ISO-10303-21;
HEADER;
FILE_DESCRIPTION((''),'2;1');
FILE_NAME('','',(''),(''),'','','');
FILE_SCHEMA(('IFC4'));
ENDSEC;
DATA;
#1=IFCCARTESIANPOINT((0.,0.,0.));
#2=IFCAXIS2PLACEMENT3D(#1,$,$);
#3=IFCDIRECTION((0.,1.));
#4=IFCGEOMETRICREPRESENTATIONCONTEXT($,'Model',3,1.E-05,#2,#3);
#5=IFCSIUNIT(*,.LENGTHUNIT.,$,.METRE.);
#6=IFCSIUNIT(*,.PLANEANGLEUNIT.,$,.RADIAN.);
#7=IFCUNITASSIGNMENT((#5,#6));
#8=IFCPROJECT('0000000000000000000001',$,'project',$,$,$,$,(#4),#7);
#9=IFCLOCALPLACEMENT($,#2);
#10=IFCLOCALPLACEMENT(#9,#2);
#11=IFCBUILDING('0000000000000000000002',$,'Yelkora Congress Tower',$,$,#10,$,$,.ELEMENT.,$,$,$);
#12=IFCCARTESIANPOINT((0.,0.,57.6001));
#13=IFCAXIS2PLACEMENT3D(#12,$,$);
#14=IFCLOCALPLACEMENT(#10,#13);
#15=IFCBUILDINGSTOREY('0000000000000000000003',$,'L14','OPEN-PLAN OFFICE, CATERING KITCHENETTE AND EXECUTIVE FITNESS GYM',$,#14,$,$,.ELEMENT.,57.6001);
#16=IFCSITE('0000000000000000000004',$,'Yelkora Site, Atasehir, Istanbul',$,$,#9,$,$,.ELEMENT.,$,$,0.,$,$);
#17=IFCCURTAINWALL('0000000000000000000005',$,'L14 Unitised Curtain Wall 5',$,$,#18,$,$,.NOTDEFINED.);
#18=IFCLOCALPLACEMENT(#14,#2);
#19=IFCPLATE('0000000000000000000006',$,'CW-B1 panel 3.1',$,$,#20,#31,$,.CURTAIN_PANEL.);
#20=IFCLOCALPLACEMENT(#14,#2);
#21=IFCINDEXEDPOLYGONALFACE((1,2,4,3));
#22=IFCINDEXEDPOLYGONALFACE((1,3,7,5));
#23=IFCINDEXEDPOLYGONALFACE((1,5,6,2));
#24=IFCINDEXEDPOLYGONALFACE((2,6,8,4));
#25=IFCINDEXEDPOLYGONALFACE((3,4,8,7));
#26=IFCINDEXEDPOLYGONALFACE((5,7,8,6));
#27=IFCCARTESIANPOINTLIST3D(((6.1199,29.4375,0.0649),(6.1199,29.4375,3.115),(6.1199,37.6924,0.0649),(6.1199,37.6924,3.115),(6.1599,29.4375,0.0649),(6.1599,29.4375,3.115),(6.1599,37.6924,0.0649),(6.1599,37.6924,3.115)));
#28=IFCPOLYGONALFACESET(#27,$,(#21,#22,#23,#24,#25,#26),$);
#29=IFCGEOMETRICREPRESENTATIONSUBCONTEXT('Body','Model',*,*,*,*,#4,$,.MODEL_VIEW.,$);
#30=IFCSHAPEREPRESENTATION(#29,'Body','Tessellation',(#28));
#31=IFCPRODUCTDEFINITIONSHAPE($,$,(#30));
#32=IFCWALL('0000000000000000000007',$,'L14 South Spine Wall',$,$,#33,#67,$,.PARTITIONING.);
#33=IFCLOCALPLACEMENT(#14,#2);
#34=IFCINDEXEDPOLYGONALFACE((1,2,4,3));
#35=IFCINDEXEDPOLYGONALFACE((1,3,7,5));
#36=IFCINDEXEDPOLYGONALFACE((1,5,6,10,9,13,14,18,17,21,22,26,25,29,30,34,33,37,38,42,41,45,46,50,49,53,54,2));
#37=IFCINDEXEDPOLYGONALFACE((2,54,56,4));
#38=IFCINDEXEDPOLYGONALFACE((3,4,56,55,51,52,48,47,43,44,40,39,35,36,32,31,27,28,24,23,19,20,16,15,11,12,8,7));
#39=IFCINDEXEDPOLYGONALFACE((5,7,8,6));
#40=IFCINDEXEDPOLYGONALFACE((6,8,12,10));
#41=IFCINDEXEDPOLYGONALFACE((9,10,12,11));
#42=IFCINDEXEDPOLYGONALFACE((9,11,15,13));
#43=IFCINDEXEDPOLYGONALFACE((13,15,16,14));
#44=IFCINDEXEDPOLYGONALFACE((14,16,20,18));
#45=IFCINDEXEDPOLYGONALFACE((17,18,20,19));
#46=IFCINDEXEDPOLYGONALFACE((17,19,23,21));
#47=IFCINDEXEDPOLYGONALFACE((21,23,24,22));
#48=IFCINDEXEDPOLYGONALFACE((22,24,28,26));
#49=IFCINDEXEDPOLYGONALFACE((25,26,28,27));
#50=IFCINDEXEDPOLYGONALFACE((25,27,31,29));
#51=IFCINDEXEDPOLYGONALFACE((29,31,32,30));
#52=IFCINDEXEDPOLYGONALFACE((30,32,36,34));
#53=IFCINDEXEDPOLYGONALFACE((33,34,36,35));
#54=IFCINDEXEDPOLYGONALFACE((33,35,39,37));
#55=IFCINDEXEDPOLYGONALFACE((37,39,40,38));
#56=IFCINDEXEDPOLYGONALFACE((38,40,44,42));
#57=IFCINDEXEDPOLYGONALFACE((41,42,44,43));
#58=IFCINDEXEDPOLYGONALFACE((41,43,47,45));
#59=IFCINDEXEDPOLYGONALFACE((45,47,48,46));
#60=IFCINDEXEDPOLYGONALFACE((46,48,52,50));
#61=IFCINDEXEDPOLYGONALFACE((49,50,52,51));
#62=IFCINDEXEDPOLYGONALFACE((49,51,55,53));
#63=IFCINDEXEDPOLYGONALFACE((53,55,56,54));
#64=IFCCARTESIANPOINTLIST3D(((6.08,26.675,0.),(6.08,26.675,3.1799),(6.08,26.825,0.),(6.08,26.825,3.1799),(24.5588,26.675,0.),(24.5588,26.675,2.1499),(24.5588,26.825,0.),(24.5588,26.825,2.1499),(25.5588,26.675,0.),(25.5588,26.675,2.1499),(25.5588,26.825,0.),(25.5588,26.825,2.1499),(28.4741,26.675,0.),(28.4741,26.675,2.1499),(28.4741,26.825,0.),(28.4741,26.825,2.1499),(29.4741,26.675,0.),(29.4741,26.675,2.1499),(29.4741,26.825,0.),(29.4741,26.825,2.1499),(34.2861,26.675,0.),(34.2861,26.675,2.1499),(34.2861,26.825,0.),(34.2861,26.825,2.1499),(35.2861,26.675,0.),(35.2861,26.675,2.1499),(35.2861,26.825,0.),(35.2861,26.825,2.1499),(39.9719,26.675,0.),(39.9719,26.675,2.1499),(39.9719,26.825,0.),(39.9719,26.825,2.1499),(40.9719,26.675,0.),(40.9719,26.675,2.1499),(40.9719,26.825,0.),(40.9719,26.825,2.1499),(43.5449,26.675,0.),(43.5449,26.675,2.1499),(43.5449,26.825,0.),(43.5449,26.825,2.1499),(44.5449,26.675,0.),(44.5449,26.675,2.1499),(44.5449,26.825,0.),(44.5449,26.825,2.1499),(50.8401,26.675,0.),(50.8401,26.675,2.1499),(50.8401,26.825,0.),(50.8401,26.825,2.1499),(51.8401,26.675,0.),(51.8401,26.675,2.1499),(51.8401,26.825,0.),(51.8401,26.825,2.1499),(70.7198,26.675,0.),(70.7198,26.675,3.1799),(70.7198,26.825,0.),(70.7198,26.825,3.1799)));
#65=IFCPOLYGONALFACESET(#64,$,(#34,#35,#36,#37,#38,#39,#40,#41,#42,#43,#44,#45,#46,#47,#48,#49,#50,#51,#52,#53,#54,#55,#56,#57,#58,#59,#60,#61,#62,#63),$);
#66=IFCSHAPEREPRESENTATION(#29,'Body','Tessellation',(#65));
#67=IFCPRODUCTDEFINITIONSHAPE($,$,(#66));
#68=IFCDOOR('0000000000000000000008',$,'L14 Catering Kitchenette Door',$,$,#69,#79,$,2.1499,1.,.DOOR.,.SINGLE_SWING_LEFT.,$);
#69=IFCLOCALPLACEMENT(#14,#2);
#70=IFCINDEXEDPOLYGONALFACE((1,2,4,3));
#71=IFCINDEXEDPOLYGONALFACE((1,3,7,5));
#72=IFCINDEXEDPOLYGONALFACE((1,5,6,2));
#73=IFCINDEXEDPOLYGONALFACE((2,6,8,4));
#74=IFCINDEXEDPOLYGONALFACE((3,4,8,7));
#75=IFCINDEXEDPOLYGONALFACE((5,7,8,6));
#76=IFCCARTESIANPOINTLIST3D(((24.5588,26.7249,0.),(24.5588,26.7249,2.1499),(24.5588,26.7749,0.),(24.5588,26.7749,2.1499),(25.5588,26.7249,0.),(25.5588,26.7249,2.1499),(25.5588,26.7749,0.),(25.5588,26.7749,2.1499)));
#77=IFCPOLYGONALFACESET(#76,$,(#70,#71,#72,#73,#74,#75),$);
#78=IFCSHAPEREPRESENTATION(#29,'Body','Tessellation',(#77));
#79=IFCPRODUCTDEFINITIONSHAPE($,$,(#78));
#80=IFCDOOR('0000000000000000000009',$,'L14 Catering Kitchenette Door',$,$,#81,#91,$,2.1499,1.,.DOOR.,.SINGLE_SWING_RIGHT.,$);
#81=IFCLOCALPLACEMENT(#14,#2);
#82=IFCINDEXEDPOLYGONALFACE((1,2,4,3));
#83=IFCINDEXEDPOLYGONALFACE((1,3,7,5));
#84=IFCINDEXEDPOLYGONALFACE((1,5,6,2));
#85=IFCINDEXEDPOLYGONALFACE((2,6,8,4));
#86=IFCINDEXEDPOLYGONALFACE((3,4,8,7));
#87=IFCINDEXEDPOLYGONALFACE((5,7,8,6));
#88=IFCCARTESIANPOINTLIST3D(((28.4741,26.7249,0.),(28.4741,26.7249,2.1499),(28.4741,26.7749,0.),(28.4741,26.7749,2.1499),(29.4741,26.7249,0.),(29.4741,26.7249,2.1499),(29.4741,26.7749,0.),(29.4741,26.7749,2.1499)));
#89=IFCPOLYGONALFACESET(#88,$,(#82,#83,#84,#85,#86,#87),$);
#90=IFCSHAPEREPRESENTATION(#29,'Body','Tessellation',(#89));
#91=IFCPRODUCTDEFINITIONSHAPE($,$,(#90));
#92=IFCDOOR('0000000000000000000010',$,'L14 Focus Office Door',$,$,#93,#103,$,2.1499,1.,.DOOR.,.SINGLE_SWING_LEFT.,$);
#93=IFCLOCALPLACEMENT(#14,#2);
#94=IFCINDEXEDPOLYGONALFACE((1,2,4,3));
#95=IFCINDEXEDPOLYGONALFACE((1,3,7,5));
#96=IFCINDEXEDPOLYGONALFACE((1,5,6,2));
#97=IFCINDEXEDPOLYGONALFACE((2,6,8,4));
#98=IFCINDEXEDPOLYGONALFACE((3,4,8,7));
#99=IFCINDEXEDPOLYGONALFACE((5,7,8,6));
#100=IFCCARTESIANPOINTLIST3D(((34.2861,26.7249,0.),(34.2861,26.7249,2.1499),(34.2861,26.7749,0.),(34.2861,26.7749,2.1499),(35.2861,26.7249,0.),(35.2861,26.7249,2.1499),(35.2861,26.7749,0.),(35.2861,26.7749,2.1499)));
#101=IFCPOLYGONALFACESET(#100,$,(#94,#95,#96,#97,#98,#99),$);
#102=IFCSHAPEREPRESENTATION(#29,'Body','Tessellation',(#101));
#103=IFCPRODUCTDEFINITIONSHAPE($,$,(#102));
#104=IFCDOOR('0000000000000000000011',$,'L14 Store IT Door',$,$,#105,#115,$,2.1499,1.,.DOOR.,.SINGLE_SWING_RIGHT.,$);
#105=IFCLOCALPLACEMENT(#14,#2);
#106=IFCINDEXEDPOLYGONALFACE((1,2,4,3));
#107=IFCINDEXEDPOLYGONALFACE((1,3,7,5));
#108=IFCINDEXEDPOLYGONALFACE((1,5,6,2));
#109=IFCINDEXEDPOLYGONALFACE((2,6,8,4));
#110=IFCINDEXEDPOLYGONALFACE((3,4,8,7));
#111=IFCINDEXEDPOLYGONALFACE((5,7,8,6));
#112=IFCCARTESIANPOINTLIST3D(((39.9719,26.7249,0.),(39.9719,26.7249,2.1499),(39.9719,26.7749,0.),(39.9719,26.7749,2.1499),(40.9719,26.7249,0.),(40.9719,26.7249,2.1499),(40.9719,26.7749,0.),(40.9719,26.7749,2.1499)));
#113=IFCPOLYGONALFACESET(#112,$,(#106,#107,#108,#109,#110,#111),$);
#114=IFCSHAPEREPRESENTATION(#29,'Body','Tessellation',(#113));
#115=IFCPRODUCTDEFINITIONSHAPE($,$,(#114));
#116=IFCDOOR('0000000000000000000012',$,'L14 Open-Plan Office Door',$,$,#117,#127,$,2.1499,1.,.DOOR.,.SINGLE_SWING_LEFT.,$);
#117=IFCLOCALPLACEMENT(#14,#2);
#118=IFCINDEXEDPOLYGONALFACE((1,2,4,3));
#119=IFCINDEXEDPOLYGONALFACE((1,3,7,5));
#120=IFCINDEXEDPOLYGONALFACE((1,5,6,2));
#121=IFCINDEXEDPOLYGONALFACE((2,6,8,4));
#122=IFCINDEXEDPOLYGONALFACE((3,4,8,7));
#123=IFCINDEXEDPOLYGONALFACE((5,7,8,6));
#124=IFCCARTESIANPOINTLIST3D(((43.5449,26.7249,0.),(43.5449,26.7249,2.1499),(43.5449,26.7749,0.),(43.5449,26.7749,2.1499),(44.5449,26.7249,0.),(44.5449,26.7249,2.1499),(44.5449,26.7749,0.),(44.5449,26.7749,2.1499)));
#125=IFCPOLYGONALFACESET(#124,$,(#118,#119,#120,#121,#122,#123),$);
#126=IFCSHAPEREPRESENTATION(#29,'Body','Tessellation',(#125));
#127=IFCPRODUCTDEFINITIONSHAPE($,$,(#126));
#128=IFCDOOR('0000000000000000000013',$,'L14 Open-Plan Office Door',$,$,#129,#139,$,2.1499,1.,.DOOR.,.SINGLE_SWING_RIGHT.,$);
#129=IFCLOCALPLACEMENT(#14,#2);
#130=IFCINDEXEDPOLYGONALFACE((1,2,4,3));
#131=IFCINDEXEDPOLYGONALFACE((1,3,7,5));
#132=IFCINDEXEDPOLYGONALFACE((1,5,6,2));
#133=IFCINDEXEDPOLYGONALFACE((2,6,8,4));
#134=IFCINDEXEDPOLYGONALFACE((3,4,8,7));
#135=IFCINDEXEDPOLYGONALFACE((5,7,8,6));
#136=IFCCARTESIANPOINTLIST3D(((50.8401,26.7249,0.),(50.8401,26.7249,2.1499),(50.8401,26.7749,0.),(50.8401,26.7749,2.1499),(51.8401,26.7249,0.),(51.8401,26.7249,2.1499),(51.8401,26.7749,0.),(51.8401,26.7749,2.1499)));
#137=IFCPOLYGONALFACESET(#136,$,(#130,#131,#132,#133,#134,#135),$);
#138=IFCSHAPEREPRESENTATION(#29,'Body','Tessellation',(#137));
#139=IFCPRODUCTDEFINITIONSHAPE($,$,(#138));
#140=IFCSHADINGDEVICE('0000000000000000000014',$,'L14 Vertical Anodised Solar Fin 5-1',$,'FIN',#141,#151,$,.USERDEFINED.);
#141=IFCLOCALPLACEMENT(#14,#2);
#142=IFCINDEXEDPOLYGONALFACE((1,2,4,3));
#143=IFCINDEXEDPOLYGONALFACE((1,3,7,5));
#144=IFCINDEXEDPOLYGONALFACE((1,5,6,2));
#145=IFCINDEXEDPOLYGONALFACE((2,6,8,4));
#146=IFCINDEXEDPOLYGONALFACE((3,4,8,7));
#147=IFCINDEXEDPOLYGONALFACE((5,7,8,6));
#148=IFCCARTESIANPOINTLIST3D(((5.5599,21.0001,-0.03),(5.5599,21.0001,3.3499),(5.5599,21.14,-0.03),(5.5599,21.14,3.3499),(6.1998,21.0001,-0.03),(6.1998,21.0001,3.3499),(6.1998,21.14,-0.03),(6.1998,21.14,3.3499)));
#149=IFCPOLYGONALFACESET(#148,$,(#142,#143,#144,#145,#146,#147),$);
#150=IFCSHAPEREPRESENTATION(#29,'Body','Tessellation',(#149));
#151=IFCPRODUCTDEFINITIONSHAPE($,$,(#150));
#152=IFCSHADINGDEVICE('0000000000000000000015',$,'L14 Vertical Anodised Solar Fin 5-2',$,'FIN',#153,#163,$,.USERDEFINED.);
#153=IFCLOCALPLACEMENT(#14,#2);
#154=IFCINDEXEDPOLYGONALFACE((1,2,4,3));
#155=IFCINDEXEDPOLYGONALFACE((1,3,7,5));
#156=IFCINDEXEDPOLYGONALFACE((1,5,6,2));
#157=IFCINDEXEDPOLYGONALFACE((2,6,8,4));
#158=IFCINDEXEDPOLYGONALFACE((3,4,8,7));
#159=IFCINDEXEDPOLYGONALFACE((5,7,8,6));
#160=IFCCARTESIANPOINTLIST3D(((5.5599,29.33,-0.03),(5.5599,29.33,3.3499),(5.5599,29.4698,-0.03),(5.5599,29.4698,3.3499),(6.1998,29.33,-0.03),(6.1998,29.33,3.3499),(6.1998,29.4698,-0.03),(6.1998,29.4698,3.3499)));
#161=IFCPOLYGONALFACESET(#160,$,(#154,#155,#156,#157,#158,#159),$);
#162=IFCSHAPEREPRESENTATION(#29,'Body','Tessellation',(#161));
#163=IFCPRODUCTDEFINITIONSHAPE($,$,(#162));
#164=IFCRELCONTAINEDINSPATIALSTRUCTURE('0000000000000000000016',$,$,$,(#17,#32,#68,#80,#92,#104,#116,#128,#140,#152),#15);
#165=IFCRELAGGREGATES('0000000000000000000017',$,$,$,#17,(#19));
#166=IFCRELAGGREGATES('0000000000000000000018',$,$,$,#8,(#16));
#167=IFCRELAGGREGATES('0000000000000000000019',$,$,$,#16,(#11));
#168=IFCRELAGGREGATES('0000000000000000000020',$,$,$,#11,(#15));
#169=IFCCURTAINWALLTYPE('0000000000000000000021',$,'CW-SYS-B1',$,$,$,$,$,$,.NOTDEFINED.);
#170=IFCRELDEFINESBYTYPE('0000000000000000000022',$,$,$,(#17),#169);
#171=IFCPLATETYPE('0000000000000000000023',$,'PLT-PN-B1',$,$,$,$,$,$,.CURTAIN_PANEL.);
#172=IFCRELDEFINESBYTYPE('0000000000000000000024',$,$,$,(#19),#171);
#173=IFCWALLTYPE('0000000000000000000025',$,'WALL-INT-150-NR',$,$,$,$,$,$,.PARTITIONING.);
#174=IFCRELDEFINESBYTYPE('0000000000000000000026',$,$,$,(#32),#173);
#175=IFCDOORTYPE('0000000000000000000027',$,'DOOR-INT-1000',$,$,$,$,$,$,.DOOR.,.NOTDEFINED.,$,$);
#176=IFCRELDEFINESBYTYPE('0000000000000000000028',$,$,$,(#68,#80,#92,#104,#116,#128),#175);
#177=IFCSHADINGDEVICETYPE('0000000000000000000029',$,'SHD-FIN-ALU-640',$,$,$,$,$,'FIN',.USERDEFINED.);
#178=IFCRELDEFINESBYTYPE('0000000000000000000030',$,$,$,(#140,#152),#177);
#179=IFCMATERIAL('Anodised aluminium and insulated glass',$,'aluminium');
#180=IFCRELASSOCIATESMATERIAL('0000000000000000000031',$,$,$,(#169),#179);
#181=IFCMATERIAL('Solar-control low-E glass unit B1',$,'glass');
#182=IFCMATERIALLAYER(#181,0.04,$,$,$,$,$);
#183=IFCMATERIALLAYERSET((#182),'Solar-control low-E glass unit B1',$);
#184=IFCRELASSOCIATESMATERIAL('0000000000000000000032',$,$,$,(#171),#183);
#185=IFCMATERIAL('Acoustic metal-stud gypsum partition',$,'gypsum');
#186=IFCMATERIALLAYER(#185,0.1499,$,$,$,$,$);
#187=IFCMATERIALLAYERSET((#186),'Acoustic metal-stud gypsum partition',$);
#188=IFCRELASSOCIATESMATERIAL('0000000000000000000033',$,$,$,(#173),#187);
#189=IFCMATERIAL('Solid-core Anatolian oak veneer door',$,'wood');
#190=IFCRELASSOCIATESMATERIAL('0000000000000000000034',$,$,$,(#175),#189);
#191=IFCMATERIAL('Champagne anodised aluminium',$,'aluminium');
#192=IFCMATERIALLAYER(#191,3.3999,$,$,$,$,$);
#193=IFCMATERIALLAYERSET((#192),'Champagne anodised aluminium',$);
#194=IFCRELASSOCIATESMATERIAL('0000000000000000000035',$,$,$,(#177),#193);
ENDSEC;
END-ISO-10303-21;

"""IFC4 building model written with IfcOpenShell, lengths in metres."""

from ifc_helpers import new_model, si_unit, direction, frame, frame_2d, origin, origin_2d, place, context, subcontext, project, spatial, rectangle, extrude, material, layer, layer_set, type_object, element, fill, aggregate, save


model = new_model("IFC4")

# Units and contexts
model_context = context("Model", 3, precision=1e-05, world=origin(), true_north=direction((0.0, 1.0)))
body_context = subcontext(model_context, "Body", "Model", "MODEL_VIEW")
ifc_project = project(units=[si_unit("LENGTHUNIT", "METRE"), si_unit("PLANEANGLEUNIT", "RADIAN")], contexts=[model_context])

# Site, building, storey
site_placement = place(None, origin())
site = spatial("IfcSite", under=ifc_project, at=site_placement, Name="Yelkora Site, Atasehir, Istanbul", CompositionType="ELEMENT", RefElevation=0.0)
building_placement = place(site_placement, origin())
building = spatial("IfcBuilding", under=site, at=building_placement, Name="Yelkora Congress Tower", CompositionType="ELEMENT")
storey_placement = place(building_placement, frame((0.0, 0.0, 57.6001)))
storey = spatial("IfcBuildingStorey", under=building, at=storey_placement, Name="L14", Description="OPEN-PLAN OFFICE, CATERING KITCHENETTE AND EXECUTIVE FITNESS GYM", CompositionType="ELEMENT", Elevation=57.6001)

# Curtain wall, plate
ifc_material_1 = material(Name="Anodised aluminium and insulated glass", Category="aluminium")
curtain_wall_type = type_object("IfcCurtainWallType", Name="CW-SYS-B1", PredefinedType="NOTDEFINED", material=ifc_material_1)
curtain_wall_placement = place(storey_placement, origin())
curtain_wall = element("IfcCurtainWall", 1, at=curtain_wall_placement, inside=storey, type_object=curtain_wall_type, Name="L14 Unitised Curtain Wall 5", PredefinedType="NOTDEFINED")
ifc_material_2 = material(Name="Solar-control low-E glass unit B1", Category="glass")
ifc_layer_1 = layer(ifc_material_2, 0.04)
ifc_layer_set_1 = layer_set([ifc_layer_1], Name="Solar-control low-E glass unit B1")
plate_type = type_object("IfcPlateType", Name="PLT-PN-B1", PredefinedType="CURTAIN_PANEL", material=ifc_layer_set_1)
plate_1_placement = place(storey_placement, frame((6.1399, 33.5649, 0.0649), z_axis=(0.0, 0.0, 1.0), x_axis=(0.0, 1.0, 0.0)))
plate_1 = element("IfcPlate", 2, at=plate_1_placement, type_object=plate_type, Name="CW-B1 panel 3.1", PredefinedType="CURTAIN_PANEL", context=body_context, shape_type="SweptSolid", body=[
    extrude(rectangle(XDim=8.2549, YDim=0.04, at=origin_2d()), origin(), (0.0, 0.0, 1.0), 3.05),
])
aggregate(curtain_wall, [plate_1])

# Wall, openings, doors
ifc_material_3 = material(Name="Acoustic metal-stud gypsum partition", Category="gypsum")
ifc_layer_2 = layer(ifc_material_3, 0.1499)
ifc_layer_set_2 = layer_set([ifc_layer_2], Name="Acoustic metal-stud gypsum partition")
wall_type = type_object("IfcWallType", Name="WALL-INT-150-NR", PredefinedType="PARTITIONING", material=ifc_layer_set_2)
wall_placement = place(storey_placement, frame((6.0801, 26.75, 0.0), z_axis=(0.0, 0.0, 1.0), x_axis=(1.0, 0.0, 0.0)))
wall = element("IfcWall", 3, at=wall_placement, inside=storey, type_object=wall_type, Name="L14 South Spine Wall", PredefinedType="PARTITIONING", context=body_context, shape_type="SweptSolid", body=[
    extrude(rectangle(XDim=64.6399, YDim=0.1499, at=frame_2d((32.3198, 0.0))), origin(), (0.0, 0.0, 1.0), 3.1799),
])
opening_1_placement = place(wall_placement, frame((18.4788, 0.0, 0.0)))
opening_1 = element("IfcOpeningElement", 4, at=opening_1_placement, cuts=wall, PredefinedType="OPENING", context=body_context, shape_type="SweptSolid", body=[
    extrude(rectangle(XDim=1.0, YDim=2.1499, at=frame_2d((0.5, 1.075))), frame((0.0, 0.085, 0.0), z_axis=(0.0, -1.0, 0.0), x_axis=(1.0, 0.0, 0.0)), (0.0, 0.0, 1.0), 0.1699),
])
opening_2_placement = place(wall_placement, frame((22.394, 0.0, 0.0)))
opening_2 = element("IfcOpeningElement", 5, at=opening_2_placement, cuts=wall, PredefinedType="OPENING", context=body_context, shape_type="SweptSolid", body=[
    extrude(rectangle(XDim=1.0, YDim=2.1499, at=frame_2d((0.5, 1.075))), frame((0.0, 0.085, 0.0), z_axis=(0.0, -1.0, 0.0), x_axis=(1.0, 0.0, 0.0)), (0.0, 0.0, 1.0), 0.1699),
])
opening_3_placement = place(wall_placement, frame((28.2061, 0.0, 0.0)))
opening_3 = element("IfcOpeningElement", 6, at=opening_3_placement, cuts=wall, PredefinedType="OPENING", context=body_context, shape_type="SweptSolid", body=[
    extrude(rectangle(XDim=1.0, YDim=2.1499, at=frame_2d((0.5, 1.075))), frame((0.0, 0.085, 0.0), z_axis=(0.0, -1.0, 0.0), x_axis=(1.0, 0.0, 0.0)), (0.0, 0.0, 1.0), 0.1699),
])
opening_4_placement = place(wall_placement, frame((33.8918, 0.0, 0.0)))
opening_4 = element("IfcOpeningElement", 7, at=opening_4_placement, cuts=wall, PredefinedType="OPENING", context=body_context, shape_type="SweptSolid", body=[
    extrude(rectangle(XDim=1.0, YDim=2.1499, at=frame_2d((0.5, 1.075))), frame((0.0, 0.085, 0.0), z_axis=(0.0, -1.0, 0.0), x_axis=(1.0, 0.0, 0.0)), (0.0, 0.0, 1.0), 0.1699),
])
opening_5_placement = place(wall_placement, frame((37.4648, 0.0, 0.0)))
opening_5 = element("IfcOpeningElement", 8, at=opening_5_placement, cuts=wall, PredefinedType="OPENING", context=body_context, shape_type="SweptSolid", body=[
    extrude(rectangle(XDim=1.0, YDim=2.1499, at=frame_2d((0.5, 1.075))), frame((0.0, 0.085, 0.0), z_axis=(0.0, -1.0, 0.0), x_axis=(1.0, 0.0, 0.0)), (0.0, 0.0, 1.0), 0.1699),
])
opening_6_placement = place(wall_placement, frame((44.76, 0.0, 0.0)))
opening_6 = element("IfcOpeningElement", 9, at=opening_6_placement, cuts=wall, PredefinedType="OPENING", context=body_context, shape_type="SweptSolid", body=[
    extrude(rectangle(XDim=1.0, YDim=2.1499, at=frame_2d((0.5, 1.075))), frame((0.0, 0.085, 0.0), z_axis=(0.0, -1.0, 0.0), x_axis=(1.0, 0.0, 0.0)), (0.0, 0.0, 1.0), 0.1699),
])
ifc_material_4 = material(Name="Solid-core Anatolian oak veneer door", Category="wood")
door_type = type_object("IfcDoorType", Name="DOOR-INT-1000", OperationType="NOTDEFINED", PredefinedType="DOOR", material=ifc_material_4)
door_1_placement = place(opening_1_placement, origin())
door_1 = element("IfcDoor", 10, at=door_1_placement, inside=storey, type_object=door_type, Name="L14 Catering Kitchenette Door", OperationType="SINGLE_SWING_LEFT", OverallHeight=2.1499, OverallWidth=1.0, PredefinedType="DOOR", context=body_context, shape_type="SweptSolid", body=[
    extrude(rectangle(XDim=1.0, YDim=2.1499, at=frame_2d((0.5, 1.075))), frame((0.0, 0.0249, 0.0), z_axis=(0.0, -1.0, 0.0), x_axis=(1.0, 0.0, 0.0)), (0.0, 0.0, 1.0), 0.05),
])
fill(opening_1, door_1)
door_2_placement = place(opening_2_placement, origin())
door_2 = element("IfcDoor", 11, at=door_2_placement, inside=storey, type_object=door_type, Name="L14 Catering Kitchenette Door", OperationType="SINGLE_SWING_RIGHT", OverallHeight=2.1499, OverallWidth=1.0, PredefinedType="DOOR", context=body_context, shape_type="SweptSolid", body=[
    extrude(rectangle(XDim=1.0, YDim=2.1499, at=frame_2d((0.5, 1.075))), frame((0.0, 0.0249, 0.0), z_axis=(0.0, -1.0, 0.0), x_axis=(1.0, 0.0, 0.0)), (0.0, 0.0, 1.0), 0.05),
])
fill(opening_2, door_2)
door_3_placement = place(opening_3_placement, origin())
door_3 = element("IfcDoor", 12, at=door_3_placement, inside=storey, type_object=door_type, Name="L14 Focus Office Door", OperationType="SINGLE_SWING_LEFT", OverallHeight=2.1499, OverallWidth=1.0, PredefinedType="DOOR", context=body_context, shape_type="SweptSolid", body=[
    extrude(rectangle(XDim=1.0, YDim=2.1499, at=frame_2d((0.5, 1.075))), frame((0.0, 0.0249, 0.0), z_axis=(0.0, -1.0, 0.0), x_axis=(1.0, 0.0, 0.0)), (0.0, 0.0, 1.0), 0.05),
])
fill(opening_3, door_3)
door_4_placement = place(opening_4_placement, origin())
door_4 = element("IfcDoor", 13, at=door_4_placement, inside=storey, type_object=door_type, Name="L14 Store IT Door", OperationType="SINGLE_SWING_RIGHT", OverallHeight=2.1499, OverallWidth=1.0, PredefinedType="DOOR", context=body_context, shape_type="SweptSolid", body=[
    extrude(rectangle(XDim=1.0, YDim=2.1499, at=frame_2d((0.5, 1.075))), frame((0.0, 0.0249, 0.0), z_axis=(0.0, -1.0, 0.0), x_axis=(1.0, 0.0, 0.0)), (0.0, 0.0, 1.0), 0.05),
])
fill(opening_4, door_4)
door_5_placement = place(opening_5_placement, origin())
door_5 = element("IfcDoor", 14, at=door_5_placement, inside=storey, type_object=door_type, Name="L14 Open-Plan Office Door", OperationType="SINGLE_SWING_LEFT", OverallHeight=2.1499, OverallWidth=1.0, PredefinedType="DOOR", context=body_context, shape_type="SweptSolid", body=[
    extrude(rectangle(XDim=1.0, YDim=2.1499, at=frame_2d((0.5, 1.075))), frame((0.0, 0.0249, 0.0), z_axis=(0.0, -1.0, 0.0), x_axis=(1.0, 0.0, 0.0)), (0.0, 0.0, 1.0), 0.05),
])
fill(opening_5, door_5)
door_6_placement = place(opening_6_placement, origin())
door_6 = element("IfcDoor", 15, at=door_6_placement, inside=storey, type_object=door_type, Name="L14 Open-Plan Office Door", OperationType="SINGLE_SWING_RIGHT", OverallHeight=2.1499, OverallWidth=1.0, PredefinedType="DOOR", context=body_context, shape_type="SweptSolid", body=[
    extrude(rectangle(XDim=1.0, YDim=2.1499, at=frame_2d((0.5, 1.075))), frame((0.0, 0.0249, 0.0), z_axis=(0.0, -1.0, 0.0), x_axis=(1.0, 0.0, 0.0)), (0.0, 0.0, 1.0), 0.05),
])
fill(opening_6, door_6)

# Shading devices
ifc_material_5 = material(Name="Champagne anodised aluminium", Category="aluminium")
ifc_layer_3 = layer(ifc_material_5, 3.3999)
ifc_layer_set_3 = layer_set([ifc_layer_3], Name="Champagne anodised aluminium")
shading_device_type = type_object("IfcShadingDeviceType", Name="SHD-FIN-ALU-640", ElementType="FIN", PredefinedType="USERDEFINED", material=ifc_layer_set_3)
for number, where, z_axis, x_axis, name in (
    (16, (5.8799, 21.0701, -0.03), (0.0, 0.0, 1.0), (0.0, 1.0, 0.0), "L14 Vertical Anodised Solar Fin 5-1"),
    (17, (5.8799, 29.3999, -0.03), (0.0, 0.0, 1.0), (0.0, 1.0, 0.0), "L14 Vertical Anodised Solar Fin 5-2"),
):
    element("IfcShadingDevice", number, at=place(storey_placement, frame(where, z_axis=z_axis, x_axis=x_axis)), inside=storey, type_object=shading_device_type, Name=name, ObjectType="FIN", PredefinedType="USERDEFINED", context=body_context, shape_type="SweptSolid", body=[
        extrude(rectangle(XDim=0.1399, YDim=0.6399, at=origin_2d()), origin(), (0.0, 0.0, 1.0), 3.3799),
    ])

save(model, "model.ifc")
